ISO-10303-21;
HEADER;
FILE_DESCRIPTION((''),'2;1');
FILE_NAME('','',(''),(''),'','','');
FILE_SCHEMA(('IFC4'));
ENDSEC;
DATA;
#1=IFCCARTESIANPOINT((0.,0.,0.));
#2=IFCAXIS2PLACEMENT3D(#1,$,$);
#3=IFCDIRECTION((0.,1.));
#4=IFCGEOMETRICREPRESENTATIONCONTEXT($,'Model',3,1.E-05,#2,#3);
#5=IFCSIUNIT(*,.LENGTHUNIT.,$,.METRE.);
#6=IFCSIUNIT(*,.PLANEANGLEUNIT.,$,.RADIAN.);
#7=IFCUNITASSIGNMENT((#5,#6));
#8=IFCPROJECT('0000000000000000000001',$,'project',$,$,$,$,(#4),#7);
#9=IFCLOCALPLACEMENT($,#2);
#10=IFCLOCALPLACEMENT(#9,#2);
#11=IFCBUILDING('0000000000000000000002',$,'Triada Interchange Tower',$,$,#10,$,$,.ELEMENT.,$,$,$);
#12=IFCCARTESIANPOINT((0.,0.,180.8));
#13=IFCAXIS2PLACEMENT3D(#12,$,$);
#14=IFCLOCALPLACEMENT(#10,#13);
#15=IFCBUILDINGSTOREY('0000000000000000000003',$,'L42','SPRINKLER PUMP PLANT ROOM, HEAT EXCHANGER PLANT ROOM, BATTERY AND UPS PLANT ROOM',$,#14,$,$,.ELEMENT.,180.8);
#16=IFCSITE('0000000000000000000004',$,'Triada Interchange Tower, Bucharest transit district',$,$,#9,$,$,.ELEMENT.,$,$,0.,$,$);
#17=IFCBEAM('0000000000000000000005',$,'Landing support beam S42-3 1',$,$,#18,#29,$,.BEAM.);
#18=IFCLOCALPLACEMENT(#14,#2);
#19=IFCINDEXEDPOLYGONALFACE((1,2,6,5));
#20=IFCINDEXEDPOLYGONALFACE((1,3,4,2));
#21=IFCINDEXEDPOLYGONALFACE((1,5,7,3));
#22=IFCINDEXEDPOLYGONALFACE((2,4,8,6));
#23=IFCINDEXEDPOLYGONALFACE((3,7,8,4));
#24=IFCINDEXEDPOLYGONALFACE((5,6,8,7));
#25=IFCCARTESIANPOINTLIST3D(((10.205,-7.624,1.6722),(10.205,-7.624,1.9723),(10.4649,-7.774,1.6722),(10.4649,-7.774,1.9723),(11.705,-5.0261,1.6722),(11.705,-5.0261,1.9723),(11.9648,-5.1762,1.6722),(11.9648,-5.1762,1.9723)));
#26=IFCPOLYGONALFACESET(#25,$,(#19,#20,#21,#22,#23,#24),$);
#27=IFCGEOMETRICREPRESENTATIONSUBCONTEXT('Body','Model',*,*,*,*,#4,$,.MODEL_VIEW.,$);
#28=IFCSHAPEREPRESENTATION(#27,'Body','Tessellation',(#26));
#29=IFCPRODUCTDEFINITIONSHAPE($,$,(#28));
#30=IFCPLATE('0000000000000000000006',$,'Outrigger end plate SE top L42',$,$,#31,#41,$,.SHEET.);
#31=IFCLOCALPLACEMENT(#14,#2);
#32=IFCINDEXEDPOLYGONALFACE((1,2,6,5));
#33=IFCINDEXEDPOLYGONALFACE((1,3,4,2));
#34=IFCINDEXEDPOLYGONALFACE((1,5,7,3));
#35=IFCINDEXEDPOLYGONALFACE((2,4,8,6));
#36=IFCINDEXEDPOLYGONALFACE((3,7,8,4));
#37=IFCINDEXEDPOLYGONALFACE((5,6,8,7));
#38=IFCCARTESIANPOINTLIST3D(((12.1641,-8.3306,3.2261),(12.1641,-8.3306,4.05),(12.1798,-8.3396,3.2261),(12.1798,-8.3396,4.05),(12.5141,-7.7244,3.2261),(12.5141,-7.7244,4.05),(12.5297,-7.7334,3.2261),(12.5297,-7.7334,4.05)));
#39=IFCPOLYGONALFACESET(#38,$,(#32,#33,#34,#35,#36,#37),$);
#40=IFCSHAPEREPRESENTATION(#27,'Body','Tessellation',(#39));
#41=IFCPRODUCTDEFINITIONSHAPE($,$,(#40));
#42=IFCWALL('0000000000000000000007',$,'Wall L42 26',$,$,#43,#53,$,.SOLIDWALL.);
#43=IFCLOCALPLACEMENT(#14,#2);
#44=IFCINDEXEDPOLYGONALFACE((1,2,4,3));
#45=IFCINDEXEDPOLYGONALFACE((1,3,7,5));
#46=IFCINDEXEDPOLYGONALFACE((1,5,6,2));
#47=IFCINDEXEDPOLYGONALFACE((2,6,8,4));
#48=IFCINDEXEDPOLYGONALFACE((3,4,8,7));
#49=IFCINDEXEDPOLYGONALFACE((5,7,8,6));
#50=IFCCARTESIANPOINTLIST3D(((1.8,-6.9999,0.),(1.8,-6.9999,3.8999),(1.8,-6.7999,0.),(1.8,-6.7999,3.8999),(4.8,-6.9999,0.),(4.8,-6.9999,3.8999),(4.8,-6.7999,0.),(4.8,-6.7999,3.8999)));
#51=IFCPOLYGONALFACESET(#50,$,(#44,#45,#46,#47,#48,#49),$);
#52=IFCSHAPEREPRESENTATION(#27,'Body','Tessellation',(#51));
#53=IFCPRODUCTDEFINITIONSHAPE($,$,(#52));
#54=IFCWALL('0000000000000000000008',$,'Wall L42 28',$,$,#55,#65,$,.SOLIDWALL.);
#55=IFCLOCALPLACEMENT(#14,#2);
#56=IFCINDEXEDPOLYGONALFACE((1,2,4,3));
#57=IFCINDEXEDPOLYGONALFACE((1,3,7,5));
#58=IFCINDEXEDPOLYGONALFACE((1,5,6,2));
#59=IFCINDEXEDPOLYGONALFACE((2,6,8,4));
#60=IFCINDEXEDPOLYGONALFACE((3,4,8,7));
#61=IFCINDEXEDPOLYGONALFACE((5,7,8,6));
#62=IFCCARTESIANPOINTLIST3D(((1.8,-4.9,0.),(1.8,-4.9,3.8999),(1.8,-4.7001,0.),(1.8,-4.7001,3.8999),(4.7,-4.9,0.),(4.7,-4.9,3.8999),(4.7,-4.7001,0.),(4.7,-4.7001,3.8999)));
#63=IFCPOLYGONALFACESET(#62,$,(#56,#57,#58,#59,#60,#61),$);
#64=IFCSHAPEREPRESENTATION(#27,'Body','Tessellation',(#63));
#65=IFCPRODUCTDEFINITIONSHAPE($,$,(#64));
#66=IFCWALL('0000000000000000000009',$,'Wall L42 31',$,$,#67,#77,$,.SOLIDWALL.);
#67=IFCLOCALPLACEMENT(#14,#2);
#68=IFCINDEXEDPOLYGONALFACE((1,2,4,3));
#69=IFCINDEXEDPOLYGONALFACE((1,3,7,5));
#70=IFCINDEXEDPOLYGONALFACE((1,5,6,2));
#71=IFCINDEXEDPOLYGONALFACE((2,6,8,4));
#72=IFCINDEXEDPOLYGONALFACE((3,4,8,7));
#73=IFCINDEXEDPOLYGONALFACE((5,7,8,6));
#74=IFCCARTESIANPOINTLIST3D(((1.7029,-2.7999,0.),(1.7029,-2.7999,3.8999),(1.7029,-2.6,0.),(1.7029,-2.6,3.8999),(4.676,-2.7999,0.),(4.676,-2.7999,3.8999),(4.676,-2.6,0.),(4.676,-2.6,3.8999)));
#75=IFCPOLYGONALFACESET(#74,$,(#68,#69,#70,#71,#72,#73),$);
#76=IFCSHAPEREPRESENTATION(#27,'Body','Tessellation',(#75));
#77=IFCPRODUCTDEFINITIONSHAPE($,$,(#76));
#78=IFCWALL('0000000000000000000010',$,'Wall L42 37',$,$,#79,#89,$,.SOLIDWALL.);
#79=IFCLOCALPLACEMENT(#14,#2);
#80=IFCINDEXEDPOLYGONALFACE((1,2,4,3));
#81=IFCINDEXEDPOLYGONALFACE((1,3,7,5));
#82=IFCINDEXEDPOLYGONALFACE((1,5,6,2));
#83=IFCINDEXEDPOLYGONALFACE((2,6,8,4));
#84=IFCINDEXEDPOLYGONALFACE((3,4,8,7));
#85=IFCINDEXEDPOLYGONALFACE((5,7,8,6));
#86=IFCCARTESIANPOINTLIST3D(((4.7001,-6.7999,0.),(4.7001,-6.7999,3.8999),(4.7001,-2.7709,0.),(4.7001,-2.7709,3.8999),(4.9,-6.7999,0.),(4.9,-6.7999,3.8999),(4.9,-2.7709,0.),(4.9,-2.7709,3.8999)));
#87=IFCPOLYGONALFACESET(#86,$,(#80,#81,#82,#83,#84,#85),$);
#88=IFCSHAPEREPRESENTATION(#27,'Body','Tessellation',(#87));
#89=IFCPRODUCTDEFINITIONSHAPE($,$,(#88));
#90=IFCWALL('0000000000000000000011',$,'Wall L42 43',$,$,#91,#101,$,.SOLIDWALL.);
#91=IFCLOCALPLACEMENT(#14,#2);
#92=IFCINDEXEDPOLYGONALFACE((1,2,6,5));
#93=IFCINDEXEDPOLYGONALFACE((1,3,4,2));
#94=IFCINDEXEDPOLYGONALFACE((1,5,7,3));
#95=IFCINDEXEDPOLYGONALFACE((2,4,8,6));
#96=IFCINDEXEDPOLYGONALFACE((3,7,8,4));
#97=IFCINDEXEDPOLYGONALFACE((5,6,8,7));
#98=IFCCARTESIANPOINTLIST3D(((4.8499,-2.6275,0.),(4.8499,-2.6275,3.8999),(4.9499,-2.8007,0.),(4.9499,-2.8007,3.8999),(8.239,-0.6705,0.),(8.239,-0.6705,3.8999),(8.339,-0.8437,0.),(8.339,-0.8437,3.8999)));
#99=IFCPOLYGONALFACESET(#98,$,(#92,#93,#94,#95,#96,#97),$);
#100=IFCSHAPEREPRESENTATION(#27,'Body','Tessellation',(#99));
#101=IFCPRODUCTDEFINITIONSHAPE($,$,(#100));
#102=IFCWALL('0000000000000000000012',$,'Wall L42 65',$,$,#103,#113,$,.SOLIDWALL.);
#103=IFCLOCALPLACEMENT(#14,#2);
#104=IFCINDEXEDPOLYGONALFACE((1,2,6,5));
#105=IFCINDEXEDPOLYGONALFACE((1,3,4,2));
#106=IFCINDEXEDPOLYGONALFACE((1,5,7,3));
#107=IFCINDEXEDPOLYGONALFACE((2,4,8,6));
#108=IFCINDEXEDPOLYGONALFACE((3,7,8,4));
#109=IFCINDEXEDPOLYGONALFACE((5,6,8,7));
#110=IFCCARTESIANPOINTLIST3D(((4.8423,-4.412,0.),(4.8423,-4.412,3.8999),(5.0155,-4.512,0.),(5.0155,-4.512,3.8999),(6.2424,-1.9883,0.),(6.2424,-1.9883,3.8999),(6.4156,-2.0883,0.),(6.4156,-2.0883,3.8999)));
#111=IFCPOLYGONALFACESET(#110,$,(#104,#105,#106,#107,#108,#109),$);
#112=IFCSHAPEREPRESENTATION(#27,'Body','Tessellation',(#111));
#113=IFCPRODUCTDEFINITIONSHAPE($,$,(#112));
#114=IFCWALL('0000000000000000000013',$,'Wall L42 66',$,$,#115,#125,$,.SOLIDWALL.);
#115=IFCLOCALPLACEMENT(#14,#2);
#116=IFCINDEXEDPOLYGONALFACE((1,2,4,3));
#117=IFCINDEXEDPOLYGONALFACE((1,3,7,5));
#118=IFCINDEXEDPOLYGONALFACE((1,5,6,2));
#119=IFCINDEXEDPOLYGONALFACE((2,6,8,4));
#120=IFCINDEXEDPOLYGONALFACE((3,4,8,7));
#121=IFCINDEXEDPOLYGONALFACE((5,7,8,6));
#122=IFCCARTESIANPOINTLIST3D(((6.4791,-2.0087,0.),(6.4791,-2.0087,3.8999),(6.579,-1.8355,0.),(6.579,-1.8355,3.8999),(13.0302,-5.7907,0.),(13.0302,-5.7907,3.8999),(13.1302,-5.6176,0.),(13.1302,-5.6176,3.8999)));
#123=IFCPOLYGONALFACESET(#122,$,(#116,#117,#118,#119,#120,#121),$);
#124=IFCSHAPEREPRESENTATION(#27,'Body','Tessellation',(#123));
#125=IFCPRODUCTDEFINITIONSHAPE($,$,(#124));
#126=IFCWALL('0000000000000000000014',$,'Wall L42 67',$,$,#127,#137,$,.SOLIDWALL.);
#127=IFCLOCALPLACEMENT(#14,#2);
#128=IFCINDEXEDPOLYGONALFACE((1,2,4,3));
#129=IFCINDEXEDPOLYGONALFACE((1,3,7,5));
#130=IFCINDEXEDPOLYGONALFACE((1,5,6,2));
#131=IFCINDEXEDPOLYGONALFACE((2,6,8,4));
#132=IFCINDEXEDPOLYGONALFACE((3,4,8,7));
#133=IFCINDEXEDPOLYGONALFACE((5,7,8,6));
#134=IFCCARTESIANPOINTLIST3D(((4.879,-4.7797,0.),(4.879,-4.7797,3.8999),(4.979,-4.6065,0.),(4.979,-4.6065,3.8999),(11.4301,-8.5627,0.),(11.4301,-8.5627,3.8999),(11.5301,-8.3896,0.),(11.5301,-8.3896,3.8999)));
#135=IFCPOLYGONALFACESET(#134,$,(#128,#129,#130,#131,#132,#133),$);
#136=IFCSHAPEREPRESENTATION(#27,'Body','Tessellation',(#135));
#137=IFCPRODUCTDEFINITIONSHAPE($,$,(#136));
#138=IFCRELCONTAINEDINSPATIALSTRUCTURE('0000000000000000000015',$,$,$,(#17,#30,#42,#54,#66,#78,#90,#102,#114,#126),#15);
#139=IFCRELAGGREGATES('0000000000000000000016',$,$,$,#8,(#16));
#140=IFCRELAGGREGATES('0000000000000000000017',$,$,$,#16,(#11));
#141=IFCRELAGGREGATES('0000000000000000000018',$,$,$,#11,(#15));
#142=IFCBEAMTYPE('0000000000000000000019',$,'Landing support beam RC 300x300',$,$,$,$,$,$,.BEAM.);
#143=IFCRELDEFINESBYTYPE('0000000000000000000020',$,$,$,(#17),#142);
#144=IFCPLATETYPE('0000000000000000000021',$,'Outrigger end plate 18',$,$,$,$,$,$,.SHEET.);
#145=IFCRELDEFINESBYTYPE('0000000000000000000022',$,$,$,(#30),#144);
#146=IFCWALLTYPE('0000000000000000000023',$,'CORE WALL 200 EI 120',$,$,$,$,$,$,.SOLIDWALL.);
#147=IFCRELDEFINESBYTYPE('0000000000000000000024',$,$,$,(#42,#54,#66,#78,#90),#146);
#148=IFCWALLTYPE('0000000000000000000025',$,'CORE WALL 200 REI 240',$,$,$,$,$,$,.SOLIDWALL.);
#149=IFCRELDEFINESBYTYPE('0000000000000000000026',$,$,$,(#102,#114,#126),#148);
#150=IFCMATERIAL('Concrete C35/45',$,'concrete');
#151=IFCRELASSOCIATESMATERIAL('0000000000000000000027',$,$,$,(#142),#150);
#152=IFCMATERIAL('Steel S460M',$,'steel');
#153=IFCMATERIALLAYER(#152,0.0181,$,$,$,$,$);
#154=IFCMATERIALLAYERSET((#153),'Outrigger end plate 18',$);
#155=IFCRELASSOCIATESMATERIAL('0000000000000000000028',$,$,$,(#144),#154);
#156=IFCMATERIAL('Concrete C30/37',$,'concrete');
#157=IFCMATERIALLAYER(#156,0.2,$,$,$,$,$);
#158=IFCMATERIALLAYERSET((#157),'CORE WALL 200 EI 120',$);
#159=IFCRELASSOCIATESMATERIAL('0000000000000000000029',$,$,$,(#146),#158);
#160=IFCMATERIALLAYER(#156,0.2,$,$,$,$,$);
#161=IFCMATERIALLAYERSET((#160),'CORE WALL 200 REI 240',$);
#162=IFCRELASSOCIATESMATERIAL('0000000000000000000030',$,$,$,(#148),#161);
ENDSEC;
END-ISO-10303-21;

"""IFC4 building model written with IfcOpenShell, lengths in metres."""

from ifc_helpers import new_model, si_unit, direction, frame, frame_2d, origin, origin_2d, place, context, subcontext, project, spatial, rectangle, extrude, material, layer, layer_set, material_profile, profile_set, type_object, element, save


model = new_model("IFC4")

# Units and contexts
model_context = context("Model", 3, precision=1e-05, world=origin(), true_north=direction((0.0, 1.0)))
body_context = subcontext(model_context, "Body", "Model", "MODEL_VIEW")
ifc_project = project(units=[si_unit("LENGTHUNIT", "METRE"), si_unit("PLANEANGLEUNIT", "RADIAN")], contexts=[model_context])

# Site, building, storey
site_placement = place(None, origin())
site = spatial("IfcSite", under=ifc_project, at=site_placement, Name="Triada Interchange Tower, Bucharest transit district", CompositionType="ELEMENT", RefElevation=0.0)
building_placement = place(site_placement, origin())
building = spatial("IfcBuilding", under=site, at=building_placement, Name="Triada Interchange Tower", CompositionType="ELEMENT")
storey_placement = place(building_placement, frame((0.0, 0.0, 180.8)))
storey = spatial("IfcBuildingStorey", under=building, at=storey_placement, Name="L42", Description="SPRINKLER PUMP PLANT ROOM, HEAT EXCHANGER PLANT ROOM, BATTERY AND UPS PLANT ROOM", CompositionType="ELEMENT", Elevation=180.8)

# Beam
ifc_material_1 = material(Name="Concrete C35/45", Category="concrete")
ifc_material_profile = material_profile(ifc_material_1, rectangle(XDim=0.3, YDim=0.3, at=origin_2d()), Name="RC 300x300")
ifc_profile_set = profile_set([ifc_material_profile], Name="Concrete C35/45")
beam_type = type_object("IfcBeamType", Name="Landing support beam RC 300x300", PredefinedType="BEAM", material=ifc_profile_set)
beam_placement = place(storey_placement, frame((10.335, -7.699, 1.8223), z_axis=(0.500025, 0.866011, 0.0), x_axis=(-0.866011, 0.500025, 0.0)))
element("IfcBeam", 1, at=beam_placement, inside=storey, type_object=beam_type, Name="Landing support beam S42-3 1", PredefinedType="BEAM", context=body_context, shape_type="SweptSolid", body=[
    extrude(rectangle(XDim=0.3, YDim=0.3, at=origin_2d()), origin(), (0.0, 0.0, 1.0), 2.9998),
])

# Plate
ifc_material_2 = material(Name="Steel S460M", Category="steel")
ifc_layer_1 = layer(ifc_material_2, 0.0181)
ifc_layer_set_1 = layer_set([ifc_layer_1], Name="Outrigger end plate 18")
plate_type = type_object("IfcPlateType", Name="Outrigger end plate 18", PredefinedType="SHEET", material=ifc_layer_set_1)
plate_placement = place(storey_placement, frame((12.3469, -8.032, 3.2261), z_axis=(0.0, 0.0, 1.0), x_axis=(0.866025, -0.5, 0.0)))
element("IfcPlate", 2, at=plate_placement, inside=storey, type_object=plate_type, Name="Outrigger end plate SE top L42", PredefinedType="SHEET", context=body_context, shape_type="SweptSolid", body=[
    extrude(rectangle(XDim=0.0181, YDim=0.7, at=origin_2d()), origin(), (0.0, 0.0, 1.0), 0.824),
])

# Walls
ifc_material_3 = material(Name="Concrete C30/37", Category="concrete")
ifc_layer_2 = layer(ifc_material_3, 0.2)
ifc_layer_set_2 = layer_set([ifc_layer_2], Name="CORE WALL 200 EI 120")
wall_type_1 = type_object("IfcWallType", Name="CORE WALL 200 EI 120", PredefinedType="SOLIDWALL", material=ifc_layer_set_2)
wall_1_placement = place(storey_placement, frame((1.8, -6.8999, 0.0), z_axis=(0.0, 0.0, 1.0), x_axis=(1.0, 0.0, 0.0)))
element("IfcWall", 3, at=wall_1_placement, inside=storey, type_object=wall_type_1, Name="Wall L42 26", PredefinedType="SOLIDWALL", context=body_context, shape_type="SweptSolid", body=[
    extrude(rectangle(XDim=3.0, YDim=0.2, at=frame_2d((1.5, 0.0))), origin(), (0.0, 0.0, 1.0), 3.8999),
])
wall_2_placement = place(storey_placement, frame((1.8, -4.8, 0.0), z_axis=(0.0, 0.0, 1.0), x_axis=(1.0, 0.0, 0.0)))
element("IfcWall", 4, at=wall_2_placement, inside=storey, type_object=wall_type_1, Name="Wall L42 28", PredefinedType="SOLIDWALL", context=body_context, shape_type="SweptSolid", body=[
    extrude(rectangle(XDim=2.8999, YDim=0.2, at=frame_2d((1.45, 0.0))), origin(), (0.0, 0.0, 1.0), 3.8999),
])
wall_3_placement = place(storey_placement, frame((1.7029, -2.7, 0.0), z_axis=(0.0, 0.0, 1.0), x_axis=(1.0, 0.0, 0.0)))
element("IfcWall", 5, at=wall_3_placement, inside=storey, type_object=wall_type_1, Name="Wall L42 31", PredefinedType="SOLIDWALL", context=body_context, shape_type="SweptSolid", body=[
    extrude(rectangle(XDim=2.9731, YDim=0.2, at=frame_2d((1.4866, 0.0))), origin(), (0.0, 0.0, 1.0), 3.8999),
])
wall_4_placement = place(storey_placement, frame((4.8, -6.8, 0.0), z_axis=(0.0, 0.0, 1.0), x_axis=(0.0, 1.0, 0.0)))
element("IfcWall", 6, at=wall_4_placement, inside=storey, type_object=wall_type_1, Name="Wall L42 37", PredefinedType="SOLIDWALL", context=body_context, shape_type="SweptSolid", body=[
    extrude(rectangle(XDim=4.0291, YDim=0.2, at=frame_2d((2.0146, 0.0))), origin(), (0.0, 0.0, 1.0), 3.8999),
])
wall_5_placement = place(storey_placement, frame((4.8999, -2.7141, 0.0), z_axis=(0.0, 0.0, 1.0), x_axis=(0.865992, 0.500057, 0.0)))
element("IfcWall", 7, at=wall_5_placement, inside=storey, type_object=wall_type_1, Name="Wall L42 43", PredefinedType="SOLIDWALL", context=body_context, shape_type="SweptSolid", body=[
    extrude(rectangle(XDim=3.9136, YDim=0.2, at=frame_2d((1.9568, 0.0))), origin(), (0.0, 0.0, 1.0), 3.8999),
])
ifc_layer_3 = layer(ifc_material_3, 0.2)
ifc_layer_set_3 = layer_set([ifc_layer_3], Name="CORE WALL 200 REI 240")
wall_type_2 = type_object("IfcWallType", Name="CORE WALL 200 REI 240", PredefinedType="SOLIDWALL", material=ifc_layer_set_3)
wall_6_placement = place(storey_placement, frame((4.929, -4.4619, 0.0), z_axis=(0.0, 0.0, 1.0), x_axis=(0.500201, 0.86591, 0.0)))
element("IfcWall", 8, at=wall_6_placement, inside=storey, type_object=wall_type_2, Name="Wall L42 65", PredefinedType="SOLIDWALL", context=body_context, shape_type="SweptSolid", body=[
    extrude(rectangle(XDim=2.7991, YDim=0.2, at=frame_2d((1.3994, 0.0))), origin(), (0.0, 0.0, 1.0), 3.8999),
])
wall_7_placement = place(storey_placement, frame((6.5291, -1.9221, 0.0), z_axis=(0.0, 0.0, 1.0), x_axis=(0.86604, -0.499975, 0.0)))
element("IfcWall", 9, at=wall_7_placement, inside=storey, type_object=wall_type_2, Name="Wall L42 66", PredefinedType="SOLIDWALL", context=body_context, shape_type="SweptSolid", body=[
    extrude(rectangle(XDim=7.5645, YDim=0.2, at=frame_2d((3.7822, 0.0))), origin(), (0.0, 0.0, 1.0), 3.8999),
])
wall_8_placement = place(storey_placement, frame((4.929, -4.6931, 0.0), z_axis=(0.0, 0.0, 1.0), x_axis=(0.865984, -0.500072, 0.0)))
element("IfcWall", 10, at=wall_8_placement, inside=storey, type_object=wall_type_2, Name="Wall L42 67", PredefinedType="SOLIDWALL", context=body_context, shape_type="SweptSolid", body=[
    extrude(rectangle(XDim=7.5649, YDim=0.2, at=frame_2d((3.7825, 0.0))), origin(), (0.0, 0.0, 1.0), 3.8999),
])

save(model, "model.ifc")
